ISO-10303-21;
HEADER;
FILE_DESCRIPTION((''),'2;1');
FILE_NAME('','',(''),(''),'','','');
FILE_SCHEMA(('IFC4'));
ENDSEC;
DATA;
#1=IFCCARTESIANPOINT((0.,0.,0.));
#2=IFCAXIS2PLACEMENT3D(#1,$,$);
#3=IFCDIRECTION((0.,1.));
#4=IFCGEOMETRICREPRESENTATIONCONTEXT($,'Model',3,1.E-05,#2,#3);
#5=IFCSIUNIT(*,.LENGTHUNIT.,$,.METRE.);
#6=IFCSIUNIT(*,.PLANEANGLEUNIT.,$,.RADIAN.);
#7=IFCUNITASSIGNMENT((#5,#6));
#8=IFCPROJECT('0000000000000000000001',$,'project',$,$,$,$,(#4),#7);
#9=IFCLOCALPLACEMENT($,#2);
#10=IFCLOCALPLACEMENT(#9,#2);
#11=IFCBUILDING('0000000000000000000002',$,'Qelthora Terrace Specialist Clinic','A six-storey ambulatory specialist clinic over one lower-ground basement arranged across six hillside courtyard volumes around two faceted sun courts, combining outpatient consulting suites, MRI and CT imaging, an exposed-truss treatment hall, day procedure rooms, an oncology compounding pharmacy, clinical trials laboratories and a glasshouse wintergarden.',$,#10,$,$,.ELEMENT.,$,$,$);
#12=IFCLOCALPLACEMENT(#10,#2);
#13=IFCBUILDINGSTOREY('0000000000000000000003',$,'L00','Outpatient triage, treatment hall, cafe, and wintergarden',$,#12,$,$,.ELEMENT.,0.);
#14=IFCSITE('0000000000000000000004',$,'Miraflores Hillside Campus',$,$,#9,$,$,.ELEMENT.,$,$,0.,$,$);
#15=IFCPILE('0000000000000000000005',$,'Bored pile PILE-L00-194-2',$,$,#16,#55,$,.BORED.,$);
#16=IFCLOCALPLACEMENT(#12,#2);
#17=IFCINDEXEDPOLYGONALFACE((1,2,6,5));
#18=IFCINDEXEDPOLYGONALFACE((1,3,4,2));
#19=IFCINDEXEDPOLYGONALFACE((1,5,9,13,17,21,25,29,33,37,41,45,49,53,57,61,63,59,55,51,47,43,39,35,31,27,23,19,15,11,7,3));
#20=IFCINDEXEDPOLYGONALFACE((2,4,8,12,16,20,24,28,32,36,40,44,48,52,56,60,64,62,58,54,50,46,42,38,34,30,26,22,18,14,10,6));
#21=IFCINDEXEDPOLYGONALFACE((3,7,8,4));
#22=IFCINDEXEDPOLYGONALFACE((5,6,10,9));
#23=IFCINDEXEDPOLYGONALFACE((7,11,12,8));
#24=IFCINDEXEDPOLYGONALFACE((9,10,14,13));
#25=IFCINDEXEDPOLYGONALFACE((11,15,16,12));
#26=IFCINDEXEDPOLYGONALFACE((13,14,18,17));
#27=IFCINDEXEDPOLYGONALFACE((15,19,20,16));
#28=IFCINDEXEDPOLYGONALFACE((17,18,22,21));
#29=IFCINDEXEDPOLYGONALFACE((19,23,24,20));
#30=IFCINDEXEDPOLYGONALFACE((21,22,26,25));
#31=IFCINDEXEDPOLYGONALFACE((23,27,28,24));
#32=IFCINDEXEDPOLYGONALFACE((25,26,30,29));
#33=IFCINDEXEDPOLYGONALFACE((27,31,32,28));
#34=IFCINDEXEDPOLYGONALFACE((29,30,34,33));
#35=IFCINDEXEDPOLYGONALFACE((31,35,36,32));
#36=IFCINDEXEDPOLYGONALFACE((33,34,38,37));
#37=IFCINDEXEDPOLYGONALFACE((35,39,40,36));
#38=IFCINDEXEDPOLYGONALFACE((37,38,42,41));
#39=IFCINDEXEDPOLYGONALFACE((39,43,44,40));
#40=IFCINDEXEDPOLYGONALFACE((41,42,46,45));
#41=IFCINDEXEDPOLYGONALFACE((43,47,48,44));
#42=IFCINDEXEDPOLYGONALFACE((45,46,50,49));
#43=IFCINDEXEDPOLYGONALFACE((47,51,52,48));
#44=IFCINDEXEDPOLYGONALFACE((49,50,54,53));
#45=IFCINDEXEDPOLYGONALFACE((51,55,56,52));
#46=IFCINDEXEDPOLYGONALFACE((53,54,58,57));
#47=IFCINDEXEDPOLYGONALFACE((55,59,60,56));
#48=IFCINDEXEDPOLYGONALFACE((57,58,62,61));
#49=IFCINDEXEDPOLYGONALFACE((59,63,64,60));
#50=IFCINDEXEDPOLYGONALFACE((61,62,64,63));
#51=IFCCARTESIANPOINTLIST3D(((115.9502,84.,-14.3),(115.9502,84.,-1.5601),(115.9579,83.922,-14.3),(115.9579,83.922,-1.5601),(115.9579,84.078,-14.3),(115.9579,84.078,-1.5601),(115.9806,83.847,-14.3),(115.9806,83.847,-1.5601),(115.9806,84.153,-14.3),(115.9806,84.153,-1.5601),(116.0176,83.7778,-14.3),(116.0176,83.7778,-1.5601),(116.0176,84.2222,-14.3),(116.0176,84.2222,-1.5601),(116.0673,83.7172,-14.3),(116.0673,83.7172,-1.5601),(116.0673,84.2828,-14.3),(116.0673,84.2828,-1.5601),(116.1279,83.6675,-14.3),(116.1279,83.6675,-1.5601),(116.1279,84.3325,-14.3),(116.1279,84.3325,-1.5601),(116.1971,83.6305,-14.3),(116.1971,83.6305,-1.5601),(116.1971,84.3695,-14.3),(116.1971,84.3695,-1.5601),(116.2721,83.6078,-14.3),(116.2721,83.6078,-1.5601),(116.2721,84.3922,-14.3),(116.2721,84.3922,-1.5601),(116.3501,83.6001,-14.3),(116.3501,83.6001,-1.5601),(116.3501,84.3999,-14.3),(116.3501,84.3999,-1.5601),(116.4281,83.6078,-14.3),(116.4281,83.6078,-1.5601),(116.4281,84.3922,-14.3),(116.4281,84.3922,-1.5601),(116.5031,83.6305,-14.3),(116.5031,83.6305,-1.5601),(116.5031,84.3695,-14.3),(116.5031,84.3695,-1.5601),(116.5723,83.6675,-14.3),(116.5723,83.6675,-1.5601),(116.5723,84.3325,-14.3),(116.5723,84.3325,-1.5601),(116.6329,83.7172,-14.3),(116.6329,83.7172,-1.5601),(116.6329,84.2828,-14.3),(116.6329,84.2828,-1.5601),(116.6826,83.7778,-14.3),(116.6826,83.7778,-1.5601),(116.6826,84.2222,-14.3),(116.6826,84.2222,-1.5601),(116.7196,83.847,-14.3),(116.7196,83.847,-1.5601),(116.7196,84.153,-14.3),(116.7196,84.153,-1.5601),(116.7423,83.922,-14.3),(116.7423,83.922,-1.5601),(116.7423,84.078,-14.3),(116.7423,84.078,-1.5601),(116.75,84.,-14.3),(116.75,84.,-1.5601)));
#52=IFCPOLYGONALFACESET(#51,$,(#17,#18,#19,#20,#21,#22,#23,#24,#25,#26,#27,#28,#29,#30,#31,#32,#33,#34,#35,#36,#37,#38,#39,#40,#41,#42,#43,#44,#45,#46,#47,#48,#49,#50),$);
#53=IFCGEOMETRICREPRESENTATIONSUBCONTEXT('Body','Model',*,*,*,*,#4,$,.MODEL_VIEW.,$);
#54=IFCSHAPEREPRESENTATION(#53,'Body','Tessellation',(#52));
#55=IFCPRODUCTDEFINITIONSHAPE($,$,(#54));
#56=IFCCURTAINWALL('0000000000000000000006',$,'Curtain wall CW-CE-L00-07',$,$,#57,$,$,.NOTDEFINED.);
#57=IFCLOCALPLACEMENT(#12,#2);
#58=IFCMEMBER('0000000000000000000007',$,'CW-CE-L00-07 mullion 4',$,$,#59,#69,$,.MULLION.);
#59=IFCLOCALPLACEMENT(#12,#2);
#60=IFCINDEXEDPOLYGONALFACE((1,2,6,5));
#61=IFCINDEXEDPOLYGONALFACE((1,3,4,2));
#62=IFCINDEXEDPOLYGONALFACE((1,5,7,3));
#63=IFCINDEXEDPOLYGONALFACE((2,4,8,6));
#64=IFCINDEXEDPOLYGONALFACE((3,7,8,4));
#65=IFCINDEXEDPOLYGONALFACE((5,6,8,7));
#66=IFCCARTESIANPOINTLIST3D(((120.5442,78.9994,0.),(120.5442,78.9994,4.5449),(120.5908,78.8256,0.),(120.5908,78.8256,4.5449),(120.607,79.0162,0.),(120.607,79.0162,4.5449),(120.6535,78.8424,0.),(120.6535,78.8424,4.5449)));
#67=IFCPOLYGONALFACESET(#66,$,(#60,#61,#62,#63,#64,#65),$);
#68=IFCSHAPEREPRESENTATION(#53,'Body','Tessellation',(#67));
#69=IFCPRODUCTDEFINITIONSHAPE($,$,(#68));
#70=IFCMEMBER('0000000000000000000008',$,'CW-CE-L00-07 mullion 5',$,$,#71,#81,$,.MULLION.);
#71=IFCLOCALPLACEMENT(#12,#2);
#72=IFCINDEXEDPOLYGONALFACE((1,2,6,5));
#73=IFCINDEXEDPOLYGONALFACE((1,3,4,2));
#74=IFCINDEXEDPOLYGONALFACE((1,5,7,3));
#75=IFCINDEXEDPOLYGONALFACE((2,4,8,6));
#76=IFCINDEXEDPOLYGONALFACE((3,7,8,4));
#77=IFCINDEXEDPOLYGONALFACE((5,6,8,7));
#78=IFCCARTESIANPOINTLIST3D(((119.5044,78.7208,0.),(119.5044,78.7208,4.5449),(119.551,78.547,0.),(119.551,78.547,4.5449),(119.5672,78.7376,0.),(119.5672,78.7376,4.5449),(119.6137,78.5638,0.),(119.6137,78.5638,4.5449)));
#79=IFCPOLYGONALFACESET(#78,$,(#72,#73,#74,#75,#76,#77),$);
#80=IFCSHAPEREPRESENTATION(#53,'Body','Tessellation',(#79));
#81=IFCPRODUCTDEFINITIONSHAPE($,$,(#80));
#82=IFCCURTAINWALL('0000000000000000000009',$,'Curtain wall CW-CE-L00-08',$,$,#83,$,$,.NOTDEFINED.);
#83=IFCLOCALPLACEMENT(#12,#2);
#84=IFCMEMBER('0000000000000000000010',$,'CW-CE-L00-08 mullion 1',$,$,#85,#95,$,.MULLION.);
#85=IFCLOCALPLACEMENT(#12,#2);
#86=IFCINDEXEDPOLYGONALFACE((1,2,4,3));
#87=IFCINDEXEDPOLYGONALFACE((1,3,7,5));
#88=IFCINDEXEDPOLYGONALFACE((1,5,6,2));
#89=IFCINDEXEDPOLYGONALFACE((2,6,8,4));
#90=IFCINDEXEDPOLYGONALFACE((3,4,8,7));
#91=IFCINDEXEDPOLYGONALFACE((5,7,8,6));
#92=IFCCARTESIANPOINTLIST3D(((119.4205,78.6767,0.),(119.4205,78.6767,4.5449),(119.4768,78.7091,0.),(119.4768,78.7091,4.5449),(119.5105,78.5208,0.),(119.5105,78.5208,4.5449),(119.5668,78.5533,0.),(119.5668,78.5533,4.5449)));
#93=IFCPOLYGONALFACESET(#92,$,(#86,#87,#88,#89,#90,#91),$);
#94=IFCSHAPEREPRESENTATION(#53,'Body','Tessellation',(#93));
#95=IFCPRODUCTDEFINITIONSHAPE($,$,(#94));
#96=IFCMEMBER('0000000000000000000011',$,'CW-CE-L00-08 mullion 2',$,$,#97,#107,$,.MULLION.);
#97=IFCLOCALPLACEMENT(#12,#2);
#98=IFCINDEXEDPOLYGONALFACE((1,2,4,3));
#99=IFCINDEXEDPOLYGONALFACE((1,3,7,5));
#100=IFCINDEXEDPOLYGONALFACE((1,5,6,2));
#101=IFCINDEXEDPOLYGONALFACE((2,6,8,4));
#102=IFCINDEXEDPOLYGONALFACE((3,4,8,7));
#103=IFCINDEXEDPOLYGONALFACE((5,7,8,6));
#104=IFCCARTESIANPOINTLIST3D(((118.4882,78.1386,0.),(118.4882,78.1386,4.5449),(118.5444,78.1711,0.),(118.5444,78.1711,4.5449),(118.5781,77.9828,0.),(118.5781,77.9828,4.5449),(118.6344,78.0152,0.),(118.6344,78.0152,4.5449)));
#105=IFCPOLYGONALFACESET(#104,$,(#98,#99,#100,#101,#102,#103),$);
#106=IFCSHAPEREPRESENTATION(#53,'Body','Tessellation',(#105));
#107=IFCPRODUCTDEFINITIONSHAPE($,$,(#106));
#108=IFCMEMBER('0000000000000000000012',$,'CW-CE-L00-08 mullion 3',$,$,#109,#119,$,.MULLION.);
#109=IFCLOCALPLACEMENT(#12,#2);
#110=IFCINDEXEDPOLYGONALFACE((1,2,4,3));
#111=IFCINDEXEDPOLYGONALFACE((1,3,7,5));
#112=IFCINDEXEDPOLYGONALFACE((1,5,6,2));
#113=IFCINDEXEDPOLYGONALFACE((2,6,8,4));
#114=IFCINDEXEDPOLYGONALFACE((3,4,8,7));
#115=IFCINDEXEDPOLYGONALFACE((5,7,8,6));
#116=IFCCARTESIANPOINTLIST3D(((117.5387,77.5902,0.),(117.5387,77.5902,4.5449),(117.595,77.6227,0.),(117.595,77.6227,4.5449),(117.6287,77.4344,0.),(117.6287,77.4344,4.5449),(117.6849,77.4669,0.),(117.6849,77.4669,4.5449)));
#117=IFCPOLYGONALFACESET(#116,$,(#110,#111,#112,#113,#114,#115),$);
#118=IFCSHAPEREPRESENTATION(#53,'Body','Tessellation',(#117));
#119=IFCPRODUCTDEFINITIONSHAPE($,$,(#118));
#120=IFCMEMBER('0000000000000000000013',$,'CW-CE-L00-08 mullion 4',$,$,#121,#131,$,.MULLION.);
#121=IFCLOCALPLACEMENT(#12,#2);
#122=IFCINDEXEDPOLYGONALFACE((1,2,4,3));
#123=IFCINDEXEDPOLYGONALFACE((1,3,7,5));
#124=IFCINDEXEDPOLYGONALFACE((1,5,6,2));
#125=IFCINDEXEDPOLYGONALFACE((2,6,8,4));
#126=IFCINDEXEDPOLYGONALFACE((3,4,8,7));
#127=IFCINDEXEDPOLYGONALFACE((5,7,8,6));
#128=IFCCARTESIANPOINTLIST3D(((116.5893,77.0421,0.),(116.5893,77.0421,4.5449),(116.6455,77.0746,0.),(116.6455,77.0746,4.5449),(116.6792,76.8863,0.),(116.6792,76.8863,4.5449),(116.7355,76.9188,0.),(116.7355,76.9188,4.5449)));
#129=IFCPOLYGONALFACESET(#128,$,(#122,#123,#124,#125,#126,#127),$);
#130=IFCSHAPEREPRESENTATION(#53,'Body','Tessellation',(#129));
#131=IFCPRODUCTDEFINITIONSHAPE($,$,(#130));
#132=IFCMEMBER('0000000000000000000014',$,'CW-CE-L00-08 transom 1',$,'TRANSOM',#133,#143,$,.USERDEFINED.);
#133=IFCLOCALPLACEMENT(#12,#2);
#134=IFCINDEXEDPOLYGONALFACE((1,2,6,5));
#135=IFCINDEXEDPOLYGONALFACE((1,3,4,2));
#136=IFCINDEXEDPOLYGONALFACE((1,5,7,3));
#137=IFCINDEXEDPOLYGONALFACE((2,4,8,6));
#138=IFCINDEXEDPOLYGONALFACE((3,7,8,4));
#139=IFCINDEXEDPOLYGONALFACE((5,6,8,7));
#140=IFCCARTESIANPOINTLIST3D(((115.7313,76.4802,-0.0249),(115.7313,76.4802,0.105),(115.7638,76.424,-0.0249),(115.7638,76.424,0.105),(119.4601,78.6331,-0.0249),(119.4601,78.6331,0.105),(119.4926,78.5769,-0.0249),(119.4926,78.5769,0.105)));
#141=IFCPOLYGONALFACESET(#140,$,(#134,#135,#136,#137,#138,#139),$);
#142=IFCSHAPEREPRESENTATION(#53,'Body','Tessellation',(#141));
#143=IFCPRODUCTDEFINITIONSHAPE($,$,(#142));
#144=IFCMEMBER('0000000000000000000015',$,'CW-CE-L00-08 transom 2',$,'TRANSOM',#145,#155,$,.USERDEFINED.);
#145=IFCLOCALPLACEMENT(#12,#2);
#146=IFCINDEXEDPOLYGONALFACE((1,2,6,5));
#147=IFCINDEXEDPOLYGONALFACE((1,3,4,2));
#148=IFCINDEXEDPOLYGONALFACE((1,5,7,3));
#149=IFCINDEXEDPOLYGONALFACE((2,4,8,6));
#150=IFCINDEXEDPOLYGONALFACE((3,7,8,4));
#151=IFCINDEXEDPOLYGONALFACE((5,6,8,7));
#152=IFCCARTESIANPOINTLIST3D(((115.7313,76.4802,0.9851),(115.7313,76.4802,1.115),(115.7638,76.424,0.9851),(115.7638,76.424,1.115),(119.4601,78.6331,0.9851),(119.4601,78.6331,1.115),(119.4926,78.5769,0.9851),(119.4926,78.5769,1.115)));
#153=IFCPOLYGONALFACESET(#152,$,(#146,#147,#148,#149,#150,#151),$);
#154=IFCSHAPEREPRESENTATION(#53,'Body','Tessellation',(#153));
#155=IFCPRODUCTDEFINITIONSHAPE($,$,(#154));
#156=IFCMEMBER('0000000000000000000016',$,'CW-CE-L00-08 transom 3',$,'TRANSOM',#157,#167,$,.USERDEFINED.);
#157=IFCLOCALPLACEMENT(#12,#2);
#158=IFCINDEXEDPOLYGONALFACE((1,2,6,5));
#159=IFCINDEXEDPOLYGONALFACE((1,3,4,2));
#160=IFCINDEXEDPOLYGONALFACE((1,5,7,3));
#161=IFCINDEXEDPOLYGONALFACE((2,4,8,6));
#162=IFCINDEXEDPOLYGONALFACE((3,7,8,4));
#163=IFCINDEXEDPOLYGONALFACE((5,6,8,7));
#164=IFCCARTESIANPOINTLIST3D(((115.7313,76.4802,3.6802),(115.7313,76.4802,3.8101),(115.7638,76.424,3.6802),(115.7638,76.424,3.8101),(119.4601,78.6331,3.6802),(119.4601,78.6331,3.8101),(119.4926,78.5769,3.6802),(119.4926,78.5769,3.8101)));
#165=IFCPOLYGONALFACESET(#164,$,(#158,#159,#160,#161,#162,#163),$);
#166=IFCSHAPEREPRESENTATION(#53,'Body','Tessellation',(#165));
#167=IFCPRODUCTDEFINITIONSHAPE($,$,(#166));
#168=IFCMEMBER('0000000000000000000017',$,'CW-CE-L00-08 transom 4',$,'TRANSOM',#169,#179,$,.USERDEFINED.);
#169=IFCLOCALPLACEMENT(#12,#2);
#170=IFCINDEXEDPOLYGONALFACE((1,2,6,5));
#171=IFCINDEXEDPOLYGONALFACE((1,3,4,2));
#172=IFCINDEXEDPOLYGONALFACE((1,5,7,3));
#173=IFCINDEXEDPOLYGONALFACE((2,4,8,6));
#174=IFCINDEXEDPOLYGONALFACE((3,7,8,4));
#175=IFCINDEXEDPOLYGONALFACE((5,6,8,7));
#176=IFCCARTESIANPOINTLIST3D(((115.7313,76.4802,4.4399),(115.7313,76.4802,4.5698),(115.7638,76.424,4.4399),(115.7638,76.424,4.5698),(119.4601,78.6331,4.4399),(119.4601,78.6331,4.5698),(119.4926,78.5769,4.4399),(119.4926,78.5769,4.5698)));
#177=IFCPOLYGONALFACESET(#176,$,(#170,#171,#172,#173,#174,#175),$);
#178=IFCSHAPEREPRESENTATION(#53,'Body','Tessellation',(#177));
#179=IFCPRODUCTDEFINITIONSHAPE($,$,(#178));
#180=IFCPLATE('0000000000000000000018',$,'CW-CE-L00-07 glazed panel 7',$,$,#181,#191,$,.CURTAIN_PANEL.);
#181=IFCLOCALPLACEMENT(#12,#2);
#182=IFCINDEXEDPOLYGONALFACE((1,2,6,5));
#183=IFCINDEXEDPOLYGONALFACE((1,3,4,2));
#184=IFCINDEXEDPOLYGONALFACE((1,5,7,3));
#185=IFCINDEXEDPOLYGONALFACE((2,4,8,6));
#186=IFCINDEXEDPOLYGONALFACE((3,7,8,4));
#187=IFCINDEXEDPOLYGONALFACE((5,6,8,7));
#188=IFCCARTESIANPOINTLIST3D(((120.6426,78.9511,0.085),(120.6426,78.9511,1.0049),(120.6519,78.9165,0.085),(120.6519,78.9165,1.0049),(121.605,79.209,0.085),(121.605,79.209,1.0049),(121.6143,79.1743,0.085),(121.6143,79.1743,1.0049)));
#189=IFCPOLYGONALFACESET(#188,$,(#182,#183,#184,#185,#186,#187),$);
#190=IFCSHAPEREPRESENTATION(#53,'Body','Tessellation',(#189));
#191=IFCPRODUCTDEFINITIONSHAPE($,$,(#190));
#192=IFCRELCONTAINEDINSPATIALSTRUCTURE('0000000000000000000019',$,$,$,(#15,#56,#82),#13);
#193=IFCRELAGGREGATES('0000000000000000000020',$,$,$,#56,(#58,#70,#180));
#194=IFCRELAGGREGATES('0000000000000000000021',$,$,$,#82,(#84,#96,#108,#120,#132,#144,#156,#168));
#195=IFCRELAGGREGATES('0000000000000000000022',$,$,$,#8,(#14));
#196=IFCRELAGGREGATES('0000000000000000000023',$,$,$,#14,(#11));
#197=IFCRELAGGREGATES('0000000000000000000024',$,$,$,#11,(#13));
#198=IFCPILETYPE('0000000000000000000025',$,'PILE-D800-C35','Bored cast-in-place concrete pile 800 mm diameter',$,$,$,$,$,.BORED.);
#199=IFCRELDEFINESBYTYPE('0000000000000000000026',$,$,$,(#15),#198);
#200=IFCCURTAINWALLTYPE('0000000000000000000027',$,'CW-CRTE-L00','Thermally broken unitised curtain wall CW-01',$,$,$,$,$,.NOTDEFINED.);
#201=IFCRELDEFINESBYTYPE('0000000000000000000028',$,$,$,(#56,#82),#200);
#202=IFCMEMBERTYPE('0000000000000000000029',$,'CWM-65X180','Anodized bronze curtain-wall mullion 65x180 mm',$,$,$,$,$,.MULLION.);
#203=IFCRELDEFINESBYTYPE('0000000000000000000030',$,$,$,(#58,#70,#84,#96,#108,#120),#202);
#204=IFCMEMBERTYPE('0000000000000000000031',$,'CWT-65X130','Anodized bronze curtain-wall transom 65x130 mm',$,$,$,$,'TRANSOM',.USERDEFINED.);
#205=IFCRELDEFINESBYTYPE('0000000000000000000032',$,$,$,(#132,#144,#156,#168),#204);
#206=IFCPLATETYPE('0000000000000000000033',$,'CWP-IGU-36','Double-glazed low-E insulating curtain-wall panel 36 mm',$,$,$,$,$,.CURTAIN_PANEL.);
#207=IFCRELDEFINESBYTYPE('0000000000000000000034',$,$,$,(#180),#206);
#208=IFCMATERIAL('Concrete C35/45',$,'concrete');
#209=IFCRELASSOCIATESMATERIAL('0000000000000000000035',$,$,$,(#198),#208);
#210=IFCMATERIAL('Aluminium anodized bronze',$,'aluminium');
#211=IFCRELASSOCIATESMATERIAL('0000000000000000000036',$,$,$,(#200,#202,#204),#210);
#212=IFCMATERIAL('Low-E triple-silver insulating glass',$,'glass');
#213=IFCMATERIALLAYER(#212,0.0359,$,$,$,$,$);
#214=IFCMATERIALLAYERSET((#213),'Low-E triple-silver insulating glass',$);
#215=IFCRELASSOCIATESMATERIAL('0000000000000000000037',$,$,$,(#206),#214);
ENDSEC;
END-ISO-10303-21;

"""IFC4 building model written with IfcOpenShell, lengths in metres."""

from ifc_helpers import new_model, si_unit, direction, frame, origin, origin_2d, place, context, subcontext, project, spatial, rectangle, circle, extrude, material, layer, layer_set, material_profile, profile_set, type_object, element, aggregate, save


model = new_model("IFC4")

# Units and contexts
model_context = context("Model", 3, precision=1e-05, world=origin(), true_north=direction((0.0, 1.0)))
body_context = subcontext(model_context, "Body", "Model", "MODEL_VIEW")
ifc_project = project(units=[si_unit("LENGTHUNIT", "METRE"), si_unit("PLANEANGLEUNIT", "RADIAN")], contexts=[model_context])

# Site, building, storey
site_placement = place(None, origin())
site = spatial("IfcSite", under=ifc_project, at=site_placement, Name="Miraflores Hillside Campus", CompositionType="ELEMENT", RefElevation=0.0)
building_placement = place(site_placement, origin())
building = spatial("IfcBuilding", under=site, at=building_placement, Name="Qelthora Terrace Specialist Clinic", Description="A six-storey ambulatory specialist clinic over one lower-ground basement arranged across six hillside courtyard volumes around two faceted sun courts, combining outpatient consulting suites, MRI and CT imaging, an exposed-truss treatment hall, day procedure rooms, an oncology compounding pharmacy, clinical trials laboratories and a glasshouse wintergarden.", CompositionType="ELEMENT")
storey_placement = place(building_placement, origin())
storey = spatial("IfcBuildingStorey", under=building, at=storey_placement, Name="L00", Description="Outpatient triage, treatment hall, cafe, and wintergarden", CompositionType="ELEMENT", Elevation=0.0)

# Pile
ifc_material_1 = material(Name="Concrete C35/45", Category="concrete")
ifc_material_profile_1 = material_profile(ifc_material_1, circle(Radius=0.3999, at=origin_2d()), Name="PILE800")
ifc_profile_set_1 = profile_set([ifc_material_profile_1], Name="Concrete C35/45")
pile_type = type_object("IfcPileType", Name="PILE-D800-C35", Description="Bored cast-in-place concrete pile 800 mm diameter", PredefinedType="BORED", material=ifc_profile_set_1)
pile_placement = place(storey_placement, frame((116.3501, 84.0, -1.5601), z_axis=(0.0, 0.0, -1.0), x_axis=(1.0, 0.0, 0.0)))
element("IfcPile", 1, at=pile_placement, inside=storey, type_object=pile_type, Name="Bored pile PILE-L00-194-2", PredefinedType="BORED", context=body_context, shape_type="SweptSolid", body=[
    extrude(circle(Radius=0.3999, at=origin_2d()), origin(), (0.0, 0.0, 1.0), 12.74),
])

# Curtain walls, members
ifc_material_2 = material(Name="Aluminium anodized bronze", Category="aluminium")
curtain_wall_type = type_object("IfcCurtainWallType", Name="CW-CRTE-L00", Description="Thermally broken unitised curtain wall CW-01", PredefinedType="NOTDEFINED", material=ifc_material_2)
curtain_wall_1_placement = place(storey_placement, origin())
curtain_wall_1 = element("IfcCurtainWall", 2, at=curtain_wall_1_placement, inside=storey, type_object=curtain_wall_type, Name="Curtain wall CW-CE-L00-07", PredefinedType="NOTDEFINED")
ifc_material_profile_2 = material_profile(ifc_material_2, rectangle(XDim=0.0649, YDim=0.1799, at=origin_2d()), Name="CWM65X180")
ifc_profile_set_2 = profile_set([ifc_material_profile_2], Name="Aluminium anodized bronze")
member_type_1 = type_object("IfcMemberType", Name="CWM-65X180", Description="Anodized bronze curtain-wall mullion 65x180 mm", PredefinedType="MULLION", material=ifc_profile_set_2)
member_1_placement = place(storey_placement, frame((120.5989, 78.9209, 0.0), z_axis=(0.0, 0.0, 1.0), x_axis=(-0.965926, -0.25882, 0.0)))
member_1 = element("IfcMember", 3, at=member_1_placement, type_object=member_type_1, Name="CW-CE-L00-07 mullion 4", PredefinedType="MULLION", context=body_context, shape_type="SweptSolid", body=[
    extrude(rectangle(XDim=0.0649, YDim=0.1799, at=origin_2d()), origin(), (0.0, 0.0, 1.0), 4.5449),
])
member_2_placement = place(storey_placement, frame((119.5591, 78.6423, 0.0), z_axis=(0.0, 0.0, 1.0), x_axis=(-0.965926, -0.25882, 0.0)))
member_2 = element("IfcMember", 4, at=member_2_placement, type_object=member_type_1, Name="CW-CE-L00-07 mullion 5", PredefinedType="MULLION", context=body_context, shape_type="SweptSolid", body=[
    extrude(rectangle(XDim=0.0649, YDim=0.1799, at=origin_2d()), origin(), (0.0, 0.0, 1.0), 4.5449),
])
curtain_wall_2_placement = place(storey_placement, origin())
curtain_wall_2 = element("IfcCurtainWall", 5, at=curtain_wall_2_placement, inside=storey, type_object=curtain_wall_type, Name="Curtain wall CW-CE-L00-08", PredefinedType="NOTDEFINED")
member_3_placement = place(storey_placement, frame((119.4937, 78.615, 0.0), z_axis=(0.0, 0.0, 1.0), x_axis=(-0.866025, -0.5, 0.0)))
member_3 = element("IfcMember", 6, at=member_3_placement, type_object=member_type_1, Name="CW-CE-L00-08 mullion 1", PredefinedType="MULLION", context=body_context, shape_type="SweptSolid", body=[
    extrude(rectangle(XDim=0.0649, YDim=0.1799, at=origin_2d()), origin(), (0.0, 0.0, 1.0), 4.5449),
])
member_4_placement = place(storey_placement, frame((118.5613, 78.0769, 0.0), z_axis=(0.0, 0.0, 1.0), x_axis=(-0.866025, -0.5, 0.0)))
member_4 = element("IfcMember", 7, at=member_4_placement, type_object=member_type_1, Name="CW-CE-L00-08 mullion 2", PredefinedType="MULLION", context=body_context, shape_type="SweptSolid", body=[
    extrude(rectangle(XDim=0.0649, YDim=0.1799, at=origin_2d()), origin(), (0.0, 0.0, 1.0), 4.5449),
])
member_5_placement = place(storey_placement, frame((117.6118, 77.5286, 0.0), z_axis=(0.0, 0.0, 1.0), x_axis=(-0.866025, -0.5, 0.0)))
member_5 = element("IfcMember", 8, at=member_5_placement, type_object=member_type_1, Name="CW-CE-L00-08 mullion 3", PredefinedType="MULLION", context=body_context, shape_type="SweptSolid", body=[
    extrude(rectangle(XDim=0.0649, YDim=0.1799, at=origin_2d()), origin(), (0.0, 0.0, 1.0), 4.5449),
])
member_6_placement = place(storey_placement, frame((116.6624, 76.9805, 0.0), z_axis=(0.0, 0.0, 1.0), x_axis=(-0.866025, -0.5, 0.0)))
member_6 = element("IfcMember", 9, at=member_6_placement, type_object=member_type_1, Name="CW-CE-L00-08 mullion 4", PredefinedType="MULLION", context=body_context, shape_type="SweptSolid", body=[
    extrude(rectangle(XDim=0.0649, YDim=0.1799, at=origin_2d()), origin(), (0.0, 0.0, 1.0), 4.5449),
])
ifc_material_profile_3 = material_profile(ifc_material_2, rectangle(XDim=0.0649, YDim=0.1299, at=origin_2d()), Name="CWT65X130")
ifc_profile_set_3 = profile_set([ifc_material_profile_3], Name="Aluminium anodized bronze")
member_type_2 = type_object("IfcMemberType", Name="CWT-65X130", Description="Anodized bronze curtain-wall transom 65x130 mm", ElementType="TRANSOM", PredefinedType="USERDEFINED", material=ifc_profile_set_3)
member_7_placement = place(storey_placement, frame((119.4763, 78.605, 0.04), z_axis=(-0.866022, -0.500006, 0.0), x_axis=(0.500006, -0.866022, 0.0)))
member_7 = element("IfcMember", 10, at=member_7_placement, type_object=member_type_2, Name="CW-CE-L00-08 transom 1", ObjectType="TRANSOM", PredefinedType="USERDEFINED", context=body_context, shape_type="SweptSolid", body=[
    extrude(rectangle(XDim=0.0649, YDim=0.1299, at=origin_2d()), origin(), (0.0, 0.0, 1.0), 4.3057),
])
member_8_placement = place(storey_placement, frame((119.4763, 78.605, 1.05), z_axis=(-0.866022, -0.500006, 0.0), x_axis=(0.500006, -0.866022, 0.0)))
member_8 = element("IfcMember", 11, at=member_8_placement, type_object=member_type_2, Name="CW-CE-L00-08 transom 2", ObjectType="TRANSOM", PredefinedType="USERDEFINED", context=body_context, shape_type="SweptSolid", body=[
    extrude(rectangle(XDim=0.0649, YDim=0.1299, at=origin_2d()), origin(), (0.0, 0.0, 1.0), 4.3057),
])
member_9_placement = place(storey_placement, frame((119.4763, 78.605, 3.7451), z_axis=(-0.866022, -0.500006, 0.0), x_axis=(0.500006, -0.866022, 0.0)))
member_9 = element("IfcMember", 12, at=member_9_placement, type_object=member_type_2, Name="CW-CE-L00-08 transom 3", ObjectType="TRANSOM", PredefinedType="USERDEFINED", context=body_context, shape_type="SweptSolid", body=[
    extrude(rectangle(XDim=0.0649, YDim=0.1299, at=origin_2d()), origin(), (0.0, 0.0, 1.0), 4.3057),
])
member_10_placement = place(storey_placement, frame((119.4763, 78.605, 4.5049), z_axis=(-0.866022, -0.500006, 0.0), x_axis=(0.500006, -0.866022, 0.0)))
member_10 = element("IfcMember", 13, at=member_10_placement, type_object=member_type_2, Name="CW-CE-L00-08 transom 4", ObjectType="TRANSOM", PredefinedType="USERDEFINED", context=body_context, shape_type="SweptSolid", body=[
    extrude(rectangle(XDim=0.0649, YDim=0.1299, at=origin_2d()), origin(), (0.0, 0.0, 1.0), 4.3057),
])

# Plate
ifc_material_3 = material(Name="Low-E triple-silver insulating glass", Category="glass")
ifc_layer = layer(ifc_material_3, 0.0359)
ifc_layer_set = layer_set([ifc_layer], Name="Low-E triple-silver insulating glass")
plate_type = type_object("IfcPlateType", Name="CWP-IGU-36", Description="Double-glazed low-E insulating curtain-wall panel 36 mm", PredefinedType="CURTAIN_PANEL", material=ifc_layer_set)
plate_1_placement = place(storey_placement, frame((121.1284, 79.0627, 0.085), z_axis=(0.0, 0.0, 1.0), x_axis=(-0.965926, -0.258819, 0.0)))
plate_1 = element("IfcPlate", 14, at=plate_1_placement, type_object=plate_type, Name="CW-CE-L00-07 glazed panel 7", PredefinedType="CURTAIN_PANEL", context=body_context, shape_type="SweptSolid", body=[
    extrude(rectangle(XDim=0.9963, YDim=0.0359, at=origin_2d()), origin(), (0.0, 0.0, 1.0), 0.9199),
])
aggregate(curtain_wall_1, [member_1, member_2, plate_1])
aggregate(curtain_wall_2, [member_3, member_4, member_5, member_6, member_7, member_8, member_9, member_10])

save(model, "model.ifc")
